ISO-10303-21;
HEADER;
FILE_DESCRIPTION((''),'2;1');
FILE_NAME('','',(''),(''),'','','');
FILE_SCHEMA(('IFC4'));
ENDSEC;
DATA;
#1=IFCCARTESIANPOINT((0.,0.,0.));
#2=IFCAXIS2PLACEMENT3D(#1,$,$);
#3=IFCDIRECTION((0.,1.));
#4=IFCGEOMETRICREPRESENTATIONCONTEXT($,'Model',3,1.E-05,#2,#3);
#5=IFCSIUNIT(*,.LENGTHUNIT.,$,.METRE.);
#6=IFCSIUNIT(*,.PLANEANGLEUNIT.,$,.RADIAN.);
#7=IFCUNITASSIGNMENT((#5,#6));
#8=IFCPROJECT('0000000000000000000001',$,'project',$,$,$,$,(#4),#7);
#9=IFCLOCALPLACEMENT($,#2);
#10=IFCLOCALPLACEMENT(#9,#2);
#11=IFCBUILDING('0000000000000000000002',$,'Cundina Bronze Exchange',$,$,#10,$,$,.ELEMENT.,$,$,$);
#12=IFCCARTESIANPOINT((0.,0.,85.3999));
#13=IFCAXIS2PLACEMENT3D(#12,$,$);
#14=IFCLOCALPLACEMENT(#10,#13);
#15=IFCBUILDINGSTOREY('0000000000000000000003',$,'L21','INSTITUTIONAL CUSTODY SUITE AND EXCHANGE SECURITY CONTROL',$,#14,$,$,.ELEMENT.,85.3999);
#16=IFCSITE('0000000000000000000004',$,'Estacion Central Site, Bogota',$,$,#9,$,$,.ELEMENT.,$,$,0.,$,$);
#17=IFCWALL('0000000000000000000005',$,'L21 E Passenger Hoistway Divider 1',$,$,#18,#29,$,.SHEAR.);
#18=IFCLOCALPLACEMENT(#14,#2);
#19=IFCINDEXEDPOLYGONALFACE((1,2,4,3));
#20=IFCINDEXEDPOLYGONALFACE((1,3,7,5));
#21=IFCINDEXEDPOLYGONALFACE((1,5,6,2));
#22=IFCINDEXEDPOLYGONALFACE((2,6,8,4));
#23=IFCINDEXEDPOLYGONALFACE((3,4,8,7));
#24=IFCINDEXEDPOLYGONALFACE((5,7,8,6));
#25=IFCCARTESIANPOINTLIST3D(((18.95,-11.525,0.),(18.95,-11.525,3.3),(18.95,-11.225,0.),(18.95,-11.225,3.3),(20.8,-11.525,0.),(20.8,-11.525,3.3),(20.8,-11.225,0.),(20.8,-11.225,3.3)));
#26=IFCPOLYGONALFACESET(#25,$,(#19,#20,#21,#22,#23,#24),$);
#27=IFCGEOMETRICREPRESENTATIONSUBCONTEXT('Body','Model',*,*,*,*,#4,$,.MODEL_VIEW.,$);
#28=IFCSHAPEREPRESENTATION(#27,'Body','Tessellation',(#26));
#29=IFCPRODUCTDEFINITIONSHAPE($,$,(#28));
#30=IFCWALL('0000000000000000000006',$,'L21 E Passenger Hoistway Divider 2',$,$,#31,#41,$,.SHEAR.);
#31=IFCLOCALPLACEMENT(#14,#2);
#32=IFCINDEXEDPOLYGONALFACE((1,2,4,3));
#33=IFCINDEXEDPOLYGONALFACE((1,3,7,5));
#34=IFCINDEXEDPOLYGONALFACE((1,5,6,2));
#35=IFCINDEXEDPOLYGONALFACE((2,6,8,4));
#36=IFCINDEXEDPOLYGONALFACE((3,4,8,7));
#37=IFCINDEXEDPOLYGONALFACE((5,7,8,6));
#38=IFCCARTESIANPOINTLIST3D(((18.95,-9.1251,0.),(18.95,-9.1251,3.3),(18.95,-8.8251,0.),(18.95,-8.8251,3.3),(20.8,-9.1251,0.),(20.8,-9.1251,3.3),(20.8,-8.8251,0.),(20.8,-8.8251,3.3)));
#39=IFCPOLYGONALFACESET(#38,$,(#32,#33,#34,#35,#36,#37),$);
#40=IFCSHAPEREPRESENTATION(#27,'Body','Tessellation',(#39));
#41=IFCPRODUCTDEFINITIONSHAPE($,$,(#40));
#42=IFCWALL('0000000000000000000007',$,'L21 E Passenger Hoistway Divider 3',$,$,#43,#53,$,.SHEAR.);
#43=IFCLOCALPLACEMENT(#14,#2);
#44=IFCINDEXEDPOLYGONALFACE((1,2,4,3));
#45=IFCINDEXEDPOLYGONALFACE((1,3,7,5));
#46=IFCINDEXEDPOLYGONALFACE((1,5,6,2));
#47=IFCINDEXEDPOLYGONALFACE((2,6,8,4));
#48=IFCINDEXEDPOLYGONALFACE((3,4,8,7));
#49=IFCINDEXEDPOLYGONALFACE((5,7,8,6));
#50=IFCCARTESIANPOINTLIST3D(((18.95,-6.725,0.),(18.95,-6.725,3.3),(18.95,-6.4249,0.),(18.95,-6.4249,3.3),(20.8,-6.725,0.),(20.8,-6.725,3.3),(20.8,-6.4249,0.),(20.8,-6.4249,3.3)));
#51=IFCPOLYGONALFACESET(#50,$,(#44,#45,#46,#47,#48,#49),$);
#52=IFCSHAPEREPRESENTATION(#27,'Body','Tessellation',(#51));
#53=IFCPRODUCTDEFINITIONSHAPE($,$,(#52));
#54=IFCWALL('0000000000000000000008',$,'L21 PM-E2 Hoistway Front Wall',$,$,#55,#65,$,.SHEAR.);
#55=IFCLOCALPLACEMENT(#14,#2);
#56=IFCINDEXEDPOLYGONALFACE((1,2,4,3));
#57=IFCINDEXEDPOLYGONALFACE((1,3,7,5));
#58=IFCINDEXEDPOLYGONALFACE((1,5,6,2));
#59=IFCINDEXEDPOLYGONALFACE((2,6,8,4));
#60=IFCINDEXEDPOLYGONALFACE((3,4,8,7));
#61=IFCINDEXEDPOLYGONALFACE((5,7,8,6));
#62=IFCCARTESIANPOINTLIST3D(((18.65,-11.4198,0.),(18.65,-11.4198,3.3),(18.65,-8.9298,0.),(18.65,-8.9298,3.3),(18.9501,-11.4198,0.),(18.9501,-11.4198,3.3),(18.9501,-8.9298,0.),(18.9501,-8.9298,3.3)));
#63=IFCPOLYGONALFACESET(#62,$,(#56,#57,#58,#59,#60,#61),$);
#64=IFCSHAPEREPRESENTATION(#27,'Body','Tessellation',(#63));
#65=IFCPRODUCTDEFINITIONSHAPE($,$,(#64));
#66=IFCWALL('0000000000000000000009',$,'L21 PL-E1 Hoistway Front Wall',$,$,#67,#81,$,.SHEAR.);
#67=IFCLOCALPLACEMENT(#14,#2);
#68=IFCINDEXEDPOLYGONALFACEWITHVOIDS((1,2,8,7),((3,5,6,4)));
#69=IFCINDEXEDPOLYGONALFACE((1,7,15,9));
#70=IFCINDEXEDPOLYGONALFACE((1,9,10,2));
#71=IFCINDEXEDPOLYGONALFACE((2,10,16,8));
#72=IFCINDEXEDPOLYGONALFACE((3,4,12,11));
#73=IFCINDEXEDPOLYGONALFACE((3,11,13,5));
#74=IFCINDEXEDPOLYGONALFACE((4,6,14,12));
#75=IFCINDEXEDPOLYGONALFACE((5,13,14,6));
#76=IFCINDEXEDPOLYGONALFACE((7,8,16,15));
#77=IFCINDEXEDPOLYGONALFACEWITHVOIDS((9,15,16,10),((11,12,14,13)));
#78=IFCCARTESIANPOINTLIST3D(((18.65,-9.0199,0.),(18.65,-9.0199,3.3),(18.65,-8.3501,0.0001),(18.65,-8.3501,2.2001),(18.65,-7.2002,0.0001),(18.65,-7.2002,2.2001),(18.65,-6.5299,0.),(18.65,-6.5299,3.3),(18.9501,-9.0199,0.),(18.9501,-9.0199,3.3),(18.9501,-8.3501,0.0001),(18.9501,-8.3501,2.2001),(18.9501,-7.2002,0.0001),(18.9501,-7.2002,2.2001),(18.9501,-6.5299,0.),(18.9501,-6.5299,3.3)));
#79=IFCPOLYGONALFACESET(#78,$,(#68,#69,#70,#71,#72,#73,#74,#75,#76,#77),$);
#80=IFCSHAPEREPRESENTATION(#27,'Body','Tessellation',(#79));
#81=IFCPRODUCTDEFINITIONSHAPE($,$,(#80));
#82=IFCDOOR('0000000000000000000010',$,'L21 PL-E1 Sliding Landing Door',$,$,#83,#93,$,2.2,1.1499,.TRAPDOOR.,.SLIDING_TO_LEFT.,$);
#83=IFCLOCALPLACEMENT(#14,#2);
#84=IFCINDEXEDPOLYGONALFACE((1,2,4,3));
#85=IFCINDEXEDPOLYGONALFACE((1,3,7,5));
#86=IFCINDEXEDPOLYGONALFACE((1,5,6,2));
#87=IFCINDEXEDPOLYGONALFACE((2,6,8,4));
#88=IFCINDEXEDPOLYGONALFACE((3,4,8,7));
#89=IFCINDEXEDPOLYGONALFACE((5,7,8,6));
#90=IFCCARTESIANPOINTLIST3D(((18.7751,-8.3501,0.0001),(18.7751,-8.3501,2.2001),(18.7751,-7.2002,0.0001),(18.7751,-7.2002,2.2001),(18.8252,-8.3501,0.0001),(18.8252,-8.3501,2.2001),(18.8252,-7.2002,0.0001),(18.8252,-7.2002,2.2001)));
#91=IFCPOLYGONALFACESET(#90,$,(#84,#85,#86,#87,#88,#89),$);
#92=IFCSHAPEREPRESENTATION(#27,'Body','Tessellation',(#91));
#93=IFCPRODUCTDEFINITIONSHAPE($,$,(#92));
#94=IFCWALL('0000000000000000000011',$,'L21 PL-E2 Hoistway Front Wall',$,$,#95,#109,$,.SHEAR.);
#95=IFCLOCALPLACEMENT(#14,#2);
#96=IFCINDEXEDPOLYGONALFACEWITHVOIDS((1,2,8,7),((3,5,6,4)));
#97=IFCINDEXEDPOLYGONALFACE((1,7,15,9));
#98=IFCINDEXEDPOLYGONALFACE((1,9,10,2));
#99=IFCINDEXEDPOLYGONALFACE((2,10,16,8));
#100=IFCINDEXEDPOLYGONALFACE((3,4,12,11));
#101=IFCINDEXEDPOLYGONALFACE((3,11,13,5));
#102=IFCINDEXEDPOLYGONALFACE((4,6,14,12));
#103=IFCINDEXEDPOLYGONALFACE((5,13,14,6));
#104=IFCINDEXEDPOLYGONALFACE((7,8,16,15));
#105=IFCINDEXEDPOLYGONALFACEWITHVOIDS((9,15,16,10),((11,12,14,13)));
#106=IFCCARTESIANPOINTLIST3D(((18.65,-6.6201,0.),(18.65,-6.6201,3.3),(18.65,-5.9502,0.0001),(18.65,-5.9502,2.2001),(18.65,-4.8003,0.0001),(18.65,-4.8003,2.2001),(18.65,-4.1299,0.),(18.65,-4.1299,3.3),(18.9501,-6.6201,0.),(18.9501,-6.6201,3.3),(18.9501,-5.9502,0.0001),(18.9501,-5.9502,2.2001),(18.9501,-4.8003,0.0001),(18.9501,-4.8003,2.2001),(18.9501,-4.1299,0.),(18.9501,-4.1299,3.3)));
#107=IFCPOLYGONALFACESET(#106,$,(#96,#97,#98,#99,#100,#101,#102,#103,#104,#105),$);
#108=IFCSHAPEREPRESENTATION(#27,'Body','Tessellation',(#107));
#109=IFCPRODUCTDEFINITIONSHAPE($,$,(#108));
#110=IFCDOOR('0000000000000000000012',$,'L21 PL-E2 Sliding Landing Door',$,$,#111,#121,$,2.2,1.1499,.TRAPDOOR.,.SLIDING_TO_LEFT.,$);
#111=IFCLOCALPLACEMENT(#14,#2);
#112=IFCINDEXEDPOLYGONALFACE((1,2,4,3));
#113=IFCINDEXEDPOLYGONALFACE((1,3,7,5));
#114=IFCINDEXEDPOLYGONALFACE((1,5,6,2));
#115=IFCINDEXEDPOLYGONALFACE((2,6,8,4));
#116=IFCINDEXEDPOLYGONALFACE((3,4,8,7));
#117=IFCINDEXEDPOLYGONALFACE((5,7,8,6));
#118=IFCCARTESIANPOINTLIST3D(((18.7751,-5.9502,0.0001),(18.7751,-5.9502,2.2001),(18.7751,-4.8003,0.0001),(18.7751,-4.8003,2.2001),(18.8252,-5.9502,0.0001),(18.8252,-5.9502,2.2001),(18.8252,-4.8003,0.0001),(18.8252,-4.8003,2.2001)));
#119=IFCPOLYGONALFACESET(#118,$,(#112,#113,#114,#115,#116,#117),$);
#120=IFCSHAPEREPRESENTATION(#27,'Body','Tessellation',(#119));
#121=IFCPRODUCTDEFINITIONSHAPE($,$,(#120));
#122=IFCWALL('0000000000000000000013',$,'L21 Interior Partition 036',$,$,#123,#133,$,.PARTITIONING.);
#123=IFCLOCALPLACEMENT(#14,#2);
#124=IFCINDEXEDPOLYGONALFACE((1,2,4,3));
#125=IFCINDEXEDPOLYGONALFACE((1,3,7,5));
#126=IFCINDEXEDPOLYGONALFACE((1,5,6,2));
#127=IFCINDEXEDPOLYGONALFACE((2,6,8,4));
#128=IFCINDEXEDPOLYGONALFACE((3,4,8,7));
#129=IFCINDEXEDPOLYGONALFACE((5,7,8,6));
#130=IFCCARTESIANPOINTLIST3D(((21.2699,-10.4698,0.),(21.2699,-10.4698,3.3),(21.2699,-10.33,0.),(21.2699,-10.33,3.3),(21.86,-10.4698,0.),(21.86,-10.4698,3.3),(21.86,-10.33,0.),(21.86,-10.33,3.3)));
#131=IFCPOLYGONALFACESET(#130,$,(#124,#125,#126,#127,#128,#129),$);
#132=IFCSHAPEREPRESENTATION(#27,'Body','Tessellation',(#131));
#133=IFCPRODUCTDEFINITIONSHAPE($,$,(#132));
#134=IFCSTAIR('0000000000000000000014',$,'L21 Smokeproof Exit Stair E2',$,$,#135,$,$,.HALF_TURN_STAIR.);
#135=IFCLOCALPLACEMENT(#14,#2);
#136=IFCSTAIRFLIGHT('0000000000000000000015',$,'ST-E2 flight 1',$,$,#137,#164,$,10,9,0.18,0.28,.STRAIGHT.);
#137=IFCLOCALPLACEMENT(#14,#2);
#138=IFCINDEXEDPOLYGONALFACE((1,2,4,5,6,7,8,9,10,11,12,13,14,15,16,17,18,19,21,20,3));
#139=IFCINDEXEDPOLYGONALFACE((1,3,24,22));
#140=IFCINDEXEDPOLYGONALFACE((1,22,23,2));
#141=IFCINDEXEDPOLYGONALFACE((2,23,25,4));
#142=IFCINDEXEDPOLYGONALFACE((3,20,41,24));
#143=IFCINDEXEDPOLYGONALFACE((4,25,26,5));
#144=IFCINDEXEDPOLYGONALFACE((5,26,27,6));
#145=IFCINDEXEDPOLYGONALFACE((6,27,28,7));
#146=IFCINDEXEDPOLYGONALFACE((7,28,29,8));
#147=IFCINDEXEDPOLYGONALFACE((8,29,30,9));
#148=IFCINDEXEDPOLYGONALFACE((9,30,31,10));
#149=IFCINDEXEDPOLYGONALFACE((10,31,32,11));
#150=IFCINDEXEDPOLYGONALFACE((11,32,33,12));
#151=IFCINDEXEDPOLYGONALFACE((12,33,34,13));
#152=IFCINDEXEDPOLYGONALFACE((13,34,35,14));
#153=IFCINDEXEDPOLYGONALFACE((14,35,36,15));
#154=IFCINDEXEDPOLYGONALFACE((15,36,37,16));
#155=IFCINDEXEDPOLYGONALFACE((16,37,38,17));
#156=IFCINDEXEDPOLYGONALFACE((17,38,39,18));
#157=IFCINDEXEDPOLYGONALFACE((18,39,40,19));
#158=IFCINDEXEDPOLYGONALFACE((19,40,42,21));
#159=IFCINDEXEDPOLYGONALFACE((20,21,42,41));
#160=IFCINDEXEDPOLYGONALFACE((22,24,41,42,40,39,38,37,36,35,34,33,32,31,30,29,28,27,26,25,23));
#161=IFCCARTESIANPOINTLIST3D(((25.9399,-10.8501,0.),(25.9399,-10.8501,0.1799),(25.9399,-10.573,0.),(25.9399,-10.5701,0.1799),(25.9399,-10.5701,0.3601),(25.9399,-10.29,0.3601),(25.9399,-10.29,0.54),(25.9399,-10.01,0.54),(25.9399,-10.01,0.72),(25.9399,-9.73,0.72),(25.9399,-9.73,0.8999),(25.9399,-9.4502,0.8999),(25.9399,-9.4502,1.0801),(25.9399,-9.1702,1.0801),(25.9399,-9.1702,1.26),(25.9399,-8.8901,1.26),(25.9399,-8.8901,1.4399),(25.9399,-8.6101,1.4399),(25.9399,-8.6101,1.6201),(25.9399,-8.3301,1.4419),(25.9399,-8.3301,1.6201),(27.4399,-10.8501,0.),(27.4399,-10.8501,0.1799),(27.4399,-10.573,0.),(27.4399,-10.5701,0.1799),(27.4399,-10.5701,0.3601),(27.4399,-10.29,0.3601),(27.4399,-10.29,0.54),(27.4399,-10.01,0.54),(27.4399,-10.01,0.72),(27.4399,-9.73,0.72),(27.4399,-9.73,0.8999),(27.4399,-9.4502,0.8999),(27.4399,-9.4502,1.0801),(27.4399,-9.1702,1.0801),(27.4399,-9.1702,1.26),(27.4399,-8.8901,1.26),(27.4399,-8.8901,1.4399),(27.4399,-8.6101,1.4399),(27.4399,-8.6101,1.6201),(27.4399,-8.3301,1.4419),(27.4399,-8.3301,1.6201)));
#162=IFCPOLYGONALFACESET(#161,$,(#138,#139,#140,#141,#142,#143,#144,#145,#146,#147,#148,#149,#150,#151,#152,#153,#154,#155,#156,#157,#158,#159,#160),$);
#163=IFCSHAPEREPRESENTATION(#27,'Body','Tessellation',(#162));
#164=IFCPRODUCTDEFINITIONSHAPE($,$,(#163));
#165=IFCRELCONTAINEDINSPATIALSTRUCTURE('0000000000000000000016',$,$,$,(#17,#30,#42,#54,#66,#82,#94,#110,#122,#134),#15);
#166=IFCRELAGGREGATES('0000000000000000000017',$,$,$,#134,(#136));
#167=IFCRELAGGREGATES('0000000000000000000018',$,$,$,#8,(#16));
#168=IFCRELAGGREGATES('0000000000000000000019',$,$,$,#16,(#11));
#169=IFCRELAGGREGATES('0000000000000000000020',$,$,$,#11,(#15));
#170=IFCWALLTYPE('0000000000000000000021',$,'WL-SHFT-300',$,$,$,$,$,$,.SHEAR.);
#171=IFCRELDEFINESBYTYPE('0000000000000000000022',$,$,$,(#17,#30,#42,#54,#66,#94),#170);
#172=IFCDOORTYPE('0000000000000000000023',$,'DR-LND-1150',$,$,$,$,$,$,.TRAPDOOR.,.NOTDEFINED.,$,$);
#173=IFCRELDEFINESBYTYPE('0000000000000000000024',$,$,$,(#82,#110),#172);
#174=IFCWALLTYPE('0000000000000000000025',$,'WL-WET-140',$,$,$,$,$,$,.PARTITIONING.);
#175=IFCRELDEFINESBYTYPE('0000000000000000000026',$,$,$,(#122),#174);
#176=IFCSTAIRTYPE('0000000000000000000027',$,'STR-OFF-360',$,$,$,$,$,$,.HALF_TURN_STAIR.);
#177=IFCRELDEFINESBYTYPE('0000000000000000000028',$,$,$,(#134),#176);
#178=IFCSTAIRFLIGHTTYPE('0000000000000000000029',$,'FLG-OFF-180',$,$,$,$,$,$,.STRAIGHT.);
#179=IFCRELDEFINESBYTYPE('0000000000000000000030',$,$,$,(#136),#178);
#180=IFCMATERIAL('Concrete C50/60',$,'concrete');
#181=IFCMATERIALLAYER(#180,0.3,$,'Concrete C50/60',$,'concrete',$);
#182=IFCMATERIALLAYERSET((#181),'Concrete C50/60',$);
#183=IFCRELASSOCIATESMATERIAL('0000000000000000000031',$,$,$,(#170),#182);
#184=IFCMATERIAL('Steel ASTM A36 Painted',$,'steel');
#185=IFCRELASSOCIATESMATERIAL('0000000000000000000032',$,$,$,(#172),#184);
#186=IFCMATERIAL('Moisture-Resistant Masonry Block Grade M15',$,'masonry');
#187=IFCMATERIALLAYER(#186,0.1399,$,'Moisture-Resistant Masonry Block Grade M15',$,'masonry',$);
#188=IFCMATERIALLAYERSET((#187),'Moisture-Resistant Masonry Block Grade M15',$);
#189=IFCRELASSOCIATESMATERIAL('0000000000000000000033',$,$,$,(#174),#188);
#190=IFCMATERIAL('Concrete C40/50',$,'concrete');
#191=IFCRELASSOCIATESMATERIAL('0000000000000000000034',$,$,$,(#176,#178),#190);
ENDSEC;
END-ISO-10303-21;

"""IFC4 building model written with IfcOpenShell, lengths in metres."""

from ifc_helpers import new_model, si_unit, direction, frame, frame_2d, origin, place, context, subcontext, project, spatial, polyline, rectangle, outline, extrude, material, layer, layer_set, type_object, element, fill, aggregate, save


model = new_model("IFC4")

# Units and contexts
model_context = context("Model", 3, precision=1e-05, world=origin(), true_north=direction((0.0, 1.0)))
body_context = subcontext(model_context, "Body", "Model", "MODEL_VIEW")
ifc_project = project(units=[si_unit("LENGTHUNIT", "METRE"), si_unit("PLANEANGLEUNIT", "RADIAN")], contexts=[model_context])

# Site, building, storey
site_placement = place(None, origin())
site = spatial("IfcSite", under=ifc_project, at=site_placement, Name="Estacion Central Site, Bogota", CompositionType="ELEMENT", RefElevation=0.0)
building_placement = place(site_placement, origin())
building = spatial("IfcBuilding", under=site, at=building_placement, Name="Cundina Bronze Exchange", CompositionType="ELEMENT")
storey_placement = place(building_placement, frame((0.0, 0.0, 85.3999)))
storey = spatial("IfcBuildingStorey", under=building, at=storey_placement, Name="L21", Description="INSTITUTIONAL CUSTODY SUITE AND EXCHANGE SECURITY CONTROL", CompositionType="ELEMENT", Elevation=85.3999)

# Shared definitions
ifc_material_1 = material(Name="Concrete C50/60", Category="concrete")
ifc_layer_1 = layer(ifc_material_1, 0.3, Name="Concrete C50/60", Category="concrete")
ifc_layer_set_1 = layer_set([ifc_layer_1], Name="Concrete C50/60")
wall_type_1 = type_object("IfcWallType", Name="WL-SHFT-300", PredefinedType="SHEAR", material=ifc_layer_set_1)

# Shared definitions
ifc_material_2 = material(Name="Steel ASTM A36 Painted", Category="steel")
door_type_1 = type_object("IfcDoorType", Name="DR-LND-1150", OperationType="NOTDEFINED", PredefinedType="TRAPDOOR", material=ifc_material_2)

# Walls
for number, where, z_axis, x_axis, name in (
    (1, (18.95, -11.375, 0.0), (0.0, 0.0, 1.0), (1.0, 0.0, 0.0), "L21 E Passenger Hoistway Divider 1"),
    (2, (18.95, -8.9751, 0.0), (0.0, 0.0, 1.0), (1.0, 0.0, 0.0), "L21 E Passenger Hoistway Divider 2"),
    (3, (18.95, -6.575, 0.0), (0.0, 0.0, 1.0), (1.0, 0.0, 0.0), "L21 E Passenger Hoistway Divider 3"),
):
    element("IfcWall", number, at=place(storey_placement, frame(where, z_axis=z_axis, x_axis=x_axis)), inside=storey, type_object=wall_type_1, Name=name, PredefinedType="SHEAR", context=body_context, shape_type="SweptSolid", body=[
        extrude(rectangle(XDim=1.8501, YDim=0.3, at=frame_2d((0.925, 0.0))), origin(), (0.0, 0.0, 1.0), 3.3),
    ])
wall_1_placement = place(storey_placement, frame((18.8, -11.4199, 0.0), z_axis=(0.0, 0.0, 1.0), x_axis=(0.0, 1.0, 0.0)))
element("IfcWall", 4, at=wall_1_placement, inside=storey, type_object=wall_type_1, Name="L21 PM-E2 Hoistway Front Wall", PredefinedType="SHEAR", context=body_context, shape_type="SweptSolid", body=[
    extrude(rectangle(XDim=2.49, YDim=0.3, at=frame_2d((1.2451, 0.0))), origin(), (0.0, 0.0, 1.0), 3.3),
])

# Walls, openings, doors
wall_2_placement = place(storey_placement, frame((18.8, -9.02, 0.0), z_axis=(0.0, 0.0, 1.0), x_axis=(0.0, 1.0, 0.0)))
wall_2 = element("IfcWall", 5, at=wall_2_placement, inside=storey, type_object=wall_type_1, Name="L21 PL-E1 Hoistway Front Wall", PredefinedType="SHEAR", context=body_context, shape_type="SweptSolid", body=[
    extrude(rectangle(XDim=2.49, YDim=0.3, at=frame_2d((1.2451, 0.0))), origin(), (0.0, 0.0, 1.0), 3.3),
])
opening_1_placement = place(wall_2_placement, frame((0.6699, 0.0, 0.0)))
opening_1 = element("IfcOpeningElement", 6, at=opening_1_placement, cuts=wall_2, PredefinedType="OPENING", context=body_context, shape_type="SweptSolid", body=[
    extrude(rectangle(XDim=1.1499, YDim=2.2, at=frame_2d((0.575, 1.1001))), frame((0.0, 0.1599, 0.0), z_axis=(0.0, -1.0, 0.0), x_axis=(1.0, 0.0, 0.0)), (0.0, 0.0, 1.0), 0.3201),
])
door_1_placement = place(opening_1_placement, origin())
door_1 = element("IfcDoor", 7, at=door_1_placement, inside=storey, type_object=door_type_1, Name="L21 PL-E1 Sliding Landing Door", OperationType="SLIDING_TO_LEFT", OverallHeight=2.2, OverallWidth=1.1499, PredefinedType="TRAPDOOR", context=body_context, shape_type="SweptSolid", body=[
    extrude(rectangle(XDim=1.1499, YDim=2.2, at=frame_2d((0.575, 1.1001))), frame((0.0, 0.0249, 0.0), z_axis=(0.0, -1.0, 0.0), x_axis=(1.0, 0.0, 0.0)), (0.0, 0.0, 1.0), 0.05),
])
fill(opening_1, door_1)
wall_3_placement = place(storey_placement, frame((18.8, -6.6201, 0.0), z_axis=(0.0, 0.0, 1.0), x_axis=(0.0, 1.0, 0.0)))
wall_3 = element("IfcWall", 8, at=wall_3_placement, inside=storey, type_object=wall_type_1, Name="L21 PL-E2 Hoistway Front Wall", PredefinedType="SHEAR", context=body_context, shape_type="SweptSolid", body=[
    extrude(rectangle(XDim=2.4902, YDim=0.3, at=frame_2d((1.2451, 0.0))), origin(), (0.0, 0.0, 1.0), 3.3),
])
opening_2_placement = place(wall_3_placement, frame((0.6699, 0.0, 0.0)))
opening_2 = element("IfcOpeningElement", 9, at=opening_2_placement, cuts=wall_3, PredefinedType="OPENING", context=body_context, shape_type="SweptSolid", body=[
    extrude(rectangle(XDim=1.1499, YDim=2.2, at=frame_2d((0.575, 1.1001))), frame((0.0, 0.1599, 0.0), z_axis=(0.0, -1.0, 0.0), x_axis=(1.0, 0.0, 0.0)), (0.0, 0.0, 1.0), 0.3201),
])
door_2_placement = place(opening_2_placement, origin())
door_2 = element("IfcDoor", 10, at=door_2_placement, inside=storey, type_object=door_type_1, Name="L21 PL-E2 Sliding Landing Door", OperationType="SLIDING_TO_LEFT", OverallHeight=2.2, OverallWidth=1.1499, PredefinedType="TRAPDOOR", context=body_context, shape_type="SweptSolid", body=[
    extrude(rectangle(XDim=1.1499, YDim=2.2, at=frame_2d((0.575, 1.1001))), frame((0.0, 0.0249, 0.0), z_axis=(0.0, -1.0, 0.0), x_axis=(1.0, 0.0, 0.0)), (0.0, 0.0, 1.0), 0.05),
])
fill(opening_2, door_2)

# Wall
ifc_material_3 = material(Name="Moisture-Resistant Masonry Block Grade M15", Category="masonry")
ifc_layer_2 = layer(ifc_material_3, 0.1399, Name="Moisture-Resistant Masonry Block Grade M15", Category="masonry")
ifc_layer_set_2 = layer_set([ifc_layer_2], Name="Moisture-Resistant Masonry Block Grade M15")
wall_type_2 = type_object("IfcWallType", Name="WL-WET-140", PredefinedType="PARTITIONING", material=ifc_layer_set_2)
wall_4_placement = place(storey_placement, frame((21.27, -10.3999, 0.0), z_axis=(0.0, 0.0, 1.0), x_axis=(1.0, 0.0, 0.0)))
element("IfcWall", 11, at=wall_4_placement, inside=storey, type_object=wall_type_2, Name="L21 Interior Partition 036", PredefinedType="PARTITIONING", context=body_context, shape_type="SweptSolid", body=[
    extrude(rectangle(XDim=0.5901, YDim=0.1399, at=frame_2d((0.2949, 0.0))), origin(), (0.0, 0.0, 1.0), 3.3),
])

# Stair, stair flight
ifc_material_4 = material(Name="Concrete C40/50", Category="concrete")
stair_type = type_object("IfcStairType", Name="STR-OFF-360", PredefinedType="HALF_TURN_STAIR", material=ifc_material_4)
stair_placement = place(storey_placement, origin())
stair = element("IfcStair", 12, at=stair_placement, inside=storey, type_object=stair_type, Name="L21 Smokeproof Exit Stair E2", PredefinedType="HALF_TURN_STAIR")
stair_flight_type = type_object("IfcStairFlightType", Name="FLG-OFF-180", PredefinedType="STRAIGHT", material=ifc_material_4)
stair_flight_1_placement = place(storey_placement, frame((26.6899, -10.8501, 0.0), z_axis=(0.0, 0.0, 1.0), x_axis=(0.0, 1.0, 0.0)))
stair_flight_1 = element("IfcStairFlight", 13, at=stair_flight_1_placement, type_object=stair_flight_type, Name="ST-E2 flight 1", NumberOfRisers=10, NumberOfTreads=9, PredefinedType="STRAIGHT", RiserHeight=0.18, TreadLength=0.28, context=body_context, shape_type="SweptSolid", body=[
    extrude(outline(polyline([(0.0, 0.0), (0.0, 0.1799), (0.28, 0.1799), (0.28, 0.3601), (0.5601, 0.3601), (0.5601, 0.54), (0.8401, 0.54), (0.8401, 0.72), (1.1201, 0.72), (1.1201, 0.8999), (1.3999, 0.8999), (1.3999, 1.0801), (1.6799, 1.0801), (1.6799, 1.26), (1.96, 1.26), (1.96, 1.4399), (2.24, 1.4399), (2.24, 1.6201), (2.52, 1.6201), (2.52, 1.8), (2.52, 1.4419), (0.2771, 0.0), (0.0, 0.0)])), frame((0.0, 0.75, 0.0), z_axis=(0.0, -1.0, 0.0), x_axis=(1.0, 0.0, 0.0)), (0.0, 0.0, 1.0), 1.5),
])
aggregate(stair, [stair_flight_1])

save(model, "model.ifc")
